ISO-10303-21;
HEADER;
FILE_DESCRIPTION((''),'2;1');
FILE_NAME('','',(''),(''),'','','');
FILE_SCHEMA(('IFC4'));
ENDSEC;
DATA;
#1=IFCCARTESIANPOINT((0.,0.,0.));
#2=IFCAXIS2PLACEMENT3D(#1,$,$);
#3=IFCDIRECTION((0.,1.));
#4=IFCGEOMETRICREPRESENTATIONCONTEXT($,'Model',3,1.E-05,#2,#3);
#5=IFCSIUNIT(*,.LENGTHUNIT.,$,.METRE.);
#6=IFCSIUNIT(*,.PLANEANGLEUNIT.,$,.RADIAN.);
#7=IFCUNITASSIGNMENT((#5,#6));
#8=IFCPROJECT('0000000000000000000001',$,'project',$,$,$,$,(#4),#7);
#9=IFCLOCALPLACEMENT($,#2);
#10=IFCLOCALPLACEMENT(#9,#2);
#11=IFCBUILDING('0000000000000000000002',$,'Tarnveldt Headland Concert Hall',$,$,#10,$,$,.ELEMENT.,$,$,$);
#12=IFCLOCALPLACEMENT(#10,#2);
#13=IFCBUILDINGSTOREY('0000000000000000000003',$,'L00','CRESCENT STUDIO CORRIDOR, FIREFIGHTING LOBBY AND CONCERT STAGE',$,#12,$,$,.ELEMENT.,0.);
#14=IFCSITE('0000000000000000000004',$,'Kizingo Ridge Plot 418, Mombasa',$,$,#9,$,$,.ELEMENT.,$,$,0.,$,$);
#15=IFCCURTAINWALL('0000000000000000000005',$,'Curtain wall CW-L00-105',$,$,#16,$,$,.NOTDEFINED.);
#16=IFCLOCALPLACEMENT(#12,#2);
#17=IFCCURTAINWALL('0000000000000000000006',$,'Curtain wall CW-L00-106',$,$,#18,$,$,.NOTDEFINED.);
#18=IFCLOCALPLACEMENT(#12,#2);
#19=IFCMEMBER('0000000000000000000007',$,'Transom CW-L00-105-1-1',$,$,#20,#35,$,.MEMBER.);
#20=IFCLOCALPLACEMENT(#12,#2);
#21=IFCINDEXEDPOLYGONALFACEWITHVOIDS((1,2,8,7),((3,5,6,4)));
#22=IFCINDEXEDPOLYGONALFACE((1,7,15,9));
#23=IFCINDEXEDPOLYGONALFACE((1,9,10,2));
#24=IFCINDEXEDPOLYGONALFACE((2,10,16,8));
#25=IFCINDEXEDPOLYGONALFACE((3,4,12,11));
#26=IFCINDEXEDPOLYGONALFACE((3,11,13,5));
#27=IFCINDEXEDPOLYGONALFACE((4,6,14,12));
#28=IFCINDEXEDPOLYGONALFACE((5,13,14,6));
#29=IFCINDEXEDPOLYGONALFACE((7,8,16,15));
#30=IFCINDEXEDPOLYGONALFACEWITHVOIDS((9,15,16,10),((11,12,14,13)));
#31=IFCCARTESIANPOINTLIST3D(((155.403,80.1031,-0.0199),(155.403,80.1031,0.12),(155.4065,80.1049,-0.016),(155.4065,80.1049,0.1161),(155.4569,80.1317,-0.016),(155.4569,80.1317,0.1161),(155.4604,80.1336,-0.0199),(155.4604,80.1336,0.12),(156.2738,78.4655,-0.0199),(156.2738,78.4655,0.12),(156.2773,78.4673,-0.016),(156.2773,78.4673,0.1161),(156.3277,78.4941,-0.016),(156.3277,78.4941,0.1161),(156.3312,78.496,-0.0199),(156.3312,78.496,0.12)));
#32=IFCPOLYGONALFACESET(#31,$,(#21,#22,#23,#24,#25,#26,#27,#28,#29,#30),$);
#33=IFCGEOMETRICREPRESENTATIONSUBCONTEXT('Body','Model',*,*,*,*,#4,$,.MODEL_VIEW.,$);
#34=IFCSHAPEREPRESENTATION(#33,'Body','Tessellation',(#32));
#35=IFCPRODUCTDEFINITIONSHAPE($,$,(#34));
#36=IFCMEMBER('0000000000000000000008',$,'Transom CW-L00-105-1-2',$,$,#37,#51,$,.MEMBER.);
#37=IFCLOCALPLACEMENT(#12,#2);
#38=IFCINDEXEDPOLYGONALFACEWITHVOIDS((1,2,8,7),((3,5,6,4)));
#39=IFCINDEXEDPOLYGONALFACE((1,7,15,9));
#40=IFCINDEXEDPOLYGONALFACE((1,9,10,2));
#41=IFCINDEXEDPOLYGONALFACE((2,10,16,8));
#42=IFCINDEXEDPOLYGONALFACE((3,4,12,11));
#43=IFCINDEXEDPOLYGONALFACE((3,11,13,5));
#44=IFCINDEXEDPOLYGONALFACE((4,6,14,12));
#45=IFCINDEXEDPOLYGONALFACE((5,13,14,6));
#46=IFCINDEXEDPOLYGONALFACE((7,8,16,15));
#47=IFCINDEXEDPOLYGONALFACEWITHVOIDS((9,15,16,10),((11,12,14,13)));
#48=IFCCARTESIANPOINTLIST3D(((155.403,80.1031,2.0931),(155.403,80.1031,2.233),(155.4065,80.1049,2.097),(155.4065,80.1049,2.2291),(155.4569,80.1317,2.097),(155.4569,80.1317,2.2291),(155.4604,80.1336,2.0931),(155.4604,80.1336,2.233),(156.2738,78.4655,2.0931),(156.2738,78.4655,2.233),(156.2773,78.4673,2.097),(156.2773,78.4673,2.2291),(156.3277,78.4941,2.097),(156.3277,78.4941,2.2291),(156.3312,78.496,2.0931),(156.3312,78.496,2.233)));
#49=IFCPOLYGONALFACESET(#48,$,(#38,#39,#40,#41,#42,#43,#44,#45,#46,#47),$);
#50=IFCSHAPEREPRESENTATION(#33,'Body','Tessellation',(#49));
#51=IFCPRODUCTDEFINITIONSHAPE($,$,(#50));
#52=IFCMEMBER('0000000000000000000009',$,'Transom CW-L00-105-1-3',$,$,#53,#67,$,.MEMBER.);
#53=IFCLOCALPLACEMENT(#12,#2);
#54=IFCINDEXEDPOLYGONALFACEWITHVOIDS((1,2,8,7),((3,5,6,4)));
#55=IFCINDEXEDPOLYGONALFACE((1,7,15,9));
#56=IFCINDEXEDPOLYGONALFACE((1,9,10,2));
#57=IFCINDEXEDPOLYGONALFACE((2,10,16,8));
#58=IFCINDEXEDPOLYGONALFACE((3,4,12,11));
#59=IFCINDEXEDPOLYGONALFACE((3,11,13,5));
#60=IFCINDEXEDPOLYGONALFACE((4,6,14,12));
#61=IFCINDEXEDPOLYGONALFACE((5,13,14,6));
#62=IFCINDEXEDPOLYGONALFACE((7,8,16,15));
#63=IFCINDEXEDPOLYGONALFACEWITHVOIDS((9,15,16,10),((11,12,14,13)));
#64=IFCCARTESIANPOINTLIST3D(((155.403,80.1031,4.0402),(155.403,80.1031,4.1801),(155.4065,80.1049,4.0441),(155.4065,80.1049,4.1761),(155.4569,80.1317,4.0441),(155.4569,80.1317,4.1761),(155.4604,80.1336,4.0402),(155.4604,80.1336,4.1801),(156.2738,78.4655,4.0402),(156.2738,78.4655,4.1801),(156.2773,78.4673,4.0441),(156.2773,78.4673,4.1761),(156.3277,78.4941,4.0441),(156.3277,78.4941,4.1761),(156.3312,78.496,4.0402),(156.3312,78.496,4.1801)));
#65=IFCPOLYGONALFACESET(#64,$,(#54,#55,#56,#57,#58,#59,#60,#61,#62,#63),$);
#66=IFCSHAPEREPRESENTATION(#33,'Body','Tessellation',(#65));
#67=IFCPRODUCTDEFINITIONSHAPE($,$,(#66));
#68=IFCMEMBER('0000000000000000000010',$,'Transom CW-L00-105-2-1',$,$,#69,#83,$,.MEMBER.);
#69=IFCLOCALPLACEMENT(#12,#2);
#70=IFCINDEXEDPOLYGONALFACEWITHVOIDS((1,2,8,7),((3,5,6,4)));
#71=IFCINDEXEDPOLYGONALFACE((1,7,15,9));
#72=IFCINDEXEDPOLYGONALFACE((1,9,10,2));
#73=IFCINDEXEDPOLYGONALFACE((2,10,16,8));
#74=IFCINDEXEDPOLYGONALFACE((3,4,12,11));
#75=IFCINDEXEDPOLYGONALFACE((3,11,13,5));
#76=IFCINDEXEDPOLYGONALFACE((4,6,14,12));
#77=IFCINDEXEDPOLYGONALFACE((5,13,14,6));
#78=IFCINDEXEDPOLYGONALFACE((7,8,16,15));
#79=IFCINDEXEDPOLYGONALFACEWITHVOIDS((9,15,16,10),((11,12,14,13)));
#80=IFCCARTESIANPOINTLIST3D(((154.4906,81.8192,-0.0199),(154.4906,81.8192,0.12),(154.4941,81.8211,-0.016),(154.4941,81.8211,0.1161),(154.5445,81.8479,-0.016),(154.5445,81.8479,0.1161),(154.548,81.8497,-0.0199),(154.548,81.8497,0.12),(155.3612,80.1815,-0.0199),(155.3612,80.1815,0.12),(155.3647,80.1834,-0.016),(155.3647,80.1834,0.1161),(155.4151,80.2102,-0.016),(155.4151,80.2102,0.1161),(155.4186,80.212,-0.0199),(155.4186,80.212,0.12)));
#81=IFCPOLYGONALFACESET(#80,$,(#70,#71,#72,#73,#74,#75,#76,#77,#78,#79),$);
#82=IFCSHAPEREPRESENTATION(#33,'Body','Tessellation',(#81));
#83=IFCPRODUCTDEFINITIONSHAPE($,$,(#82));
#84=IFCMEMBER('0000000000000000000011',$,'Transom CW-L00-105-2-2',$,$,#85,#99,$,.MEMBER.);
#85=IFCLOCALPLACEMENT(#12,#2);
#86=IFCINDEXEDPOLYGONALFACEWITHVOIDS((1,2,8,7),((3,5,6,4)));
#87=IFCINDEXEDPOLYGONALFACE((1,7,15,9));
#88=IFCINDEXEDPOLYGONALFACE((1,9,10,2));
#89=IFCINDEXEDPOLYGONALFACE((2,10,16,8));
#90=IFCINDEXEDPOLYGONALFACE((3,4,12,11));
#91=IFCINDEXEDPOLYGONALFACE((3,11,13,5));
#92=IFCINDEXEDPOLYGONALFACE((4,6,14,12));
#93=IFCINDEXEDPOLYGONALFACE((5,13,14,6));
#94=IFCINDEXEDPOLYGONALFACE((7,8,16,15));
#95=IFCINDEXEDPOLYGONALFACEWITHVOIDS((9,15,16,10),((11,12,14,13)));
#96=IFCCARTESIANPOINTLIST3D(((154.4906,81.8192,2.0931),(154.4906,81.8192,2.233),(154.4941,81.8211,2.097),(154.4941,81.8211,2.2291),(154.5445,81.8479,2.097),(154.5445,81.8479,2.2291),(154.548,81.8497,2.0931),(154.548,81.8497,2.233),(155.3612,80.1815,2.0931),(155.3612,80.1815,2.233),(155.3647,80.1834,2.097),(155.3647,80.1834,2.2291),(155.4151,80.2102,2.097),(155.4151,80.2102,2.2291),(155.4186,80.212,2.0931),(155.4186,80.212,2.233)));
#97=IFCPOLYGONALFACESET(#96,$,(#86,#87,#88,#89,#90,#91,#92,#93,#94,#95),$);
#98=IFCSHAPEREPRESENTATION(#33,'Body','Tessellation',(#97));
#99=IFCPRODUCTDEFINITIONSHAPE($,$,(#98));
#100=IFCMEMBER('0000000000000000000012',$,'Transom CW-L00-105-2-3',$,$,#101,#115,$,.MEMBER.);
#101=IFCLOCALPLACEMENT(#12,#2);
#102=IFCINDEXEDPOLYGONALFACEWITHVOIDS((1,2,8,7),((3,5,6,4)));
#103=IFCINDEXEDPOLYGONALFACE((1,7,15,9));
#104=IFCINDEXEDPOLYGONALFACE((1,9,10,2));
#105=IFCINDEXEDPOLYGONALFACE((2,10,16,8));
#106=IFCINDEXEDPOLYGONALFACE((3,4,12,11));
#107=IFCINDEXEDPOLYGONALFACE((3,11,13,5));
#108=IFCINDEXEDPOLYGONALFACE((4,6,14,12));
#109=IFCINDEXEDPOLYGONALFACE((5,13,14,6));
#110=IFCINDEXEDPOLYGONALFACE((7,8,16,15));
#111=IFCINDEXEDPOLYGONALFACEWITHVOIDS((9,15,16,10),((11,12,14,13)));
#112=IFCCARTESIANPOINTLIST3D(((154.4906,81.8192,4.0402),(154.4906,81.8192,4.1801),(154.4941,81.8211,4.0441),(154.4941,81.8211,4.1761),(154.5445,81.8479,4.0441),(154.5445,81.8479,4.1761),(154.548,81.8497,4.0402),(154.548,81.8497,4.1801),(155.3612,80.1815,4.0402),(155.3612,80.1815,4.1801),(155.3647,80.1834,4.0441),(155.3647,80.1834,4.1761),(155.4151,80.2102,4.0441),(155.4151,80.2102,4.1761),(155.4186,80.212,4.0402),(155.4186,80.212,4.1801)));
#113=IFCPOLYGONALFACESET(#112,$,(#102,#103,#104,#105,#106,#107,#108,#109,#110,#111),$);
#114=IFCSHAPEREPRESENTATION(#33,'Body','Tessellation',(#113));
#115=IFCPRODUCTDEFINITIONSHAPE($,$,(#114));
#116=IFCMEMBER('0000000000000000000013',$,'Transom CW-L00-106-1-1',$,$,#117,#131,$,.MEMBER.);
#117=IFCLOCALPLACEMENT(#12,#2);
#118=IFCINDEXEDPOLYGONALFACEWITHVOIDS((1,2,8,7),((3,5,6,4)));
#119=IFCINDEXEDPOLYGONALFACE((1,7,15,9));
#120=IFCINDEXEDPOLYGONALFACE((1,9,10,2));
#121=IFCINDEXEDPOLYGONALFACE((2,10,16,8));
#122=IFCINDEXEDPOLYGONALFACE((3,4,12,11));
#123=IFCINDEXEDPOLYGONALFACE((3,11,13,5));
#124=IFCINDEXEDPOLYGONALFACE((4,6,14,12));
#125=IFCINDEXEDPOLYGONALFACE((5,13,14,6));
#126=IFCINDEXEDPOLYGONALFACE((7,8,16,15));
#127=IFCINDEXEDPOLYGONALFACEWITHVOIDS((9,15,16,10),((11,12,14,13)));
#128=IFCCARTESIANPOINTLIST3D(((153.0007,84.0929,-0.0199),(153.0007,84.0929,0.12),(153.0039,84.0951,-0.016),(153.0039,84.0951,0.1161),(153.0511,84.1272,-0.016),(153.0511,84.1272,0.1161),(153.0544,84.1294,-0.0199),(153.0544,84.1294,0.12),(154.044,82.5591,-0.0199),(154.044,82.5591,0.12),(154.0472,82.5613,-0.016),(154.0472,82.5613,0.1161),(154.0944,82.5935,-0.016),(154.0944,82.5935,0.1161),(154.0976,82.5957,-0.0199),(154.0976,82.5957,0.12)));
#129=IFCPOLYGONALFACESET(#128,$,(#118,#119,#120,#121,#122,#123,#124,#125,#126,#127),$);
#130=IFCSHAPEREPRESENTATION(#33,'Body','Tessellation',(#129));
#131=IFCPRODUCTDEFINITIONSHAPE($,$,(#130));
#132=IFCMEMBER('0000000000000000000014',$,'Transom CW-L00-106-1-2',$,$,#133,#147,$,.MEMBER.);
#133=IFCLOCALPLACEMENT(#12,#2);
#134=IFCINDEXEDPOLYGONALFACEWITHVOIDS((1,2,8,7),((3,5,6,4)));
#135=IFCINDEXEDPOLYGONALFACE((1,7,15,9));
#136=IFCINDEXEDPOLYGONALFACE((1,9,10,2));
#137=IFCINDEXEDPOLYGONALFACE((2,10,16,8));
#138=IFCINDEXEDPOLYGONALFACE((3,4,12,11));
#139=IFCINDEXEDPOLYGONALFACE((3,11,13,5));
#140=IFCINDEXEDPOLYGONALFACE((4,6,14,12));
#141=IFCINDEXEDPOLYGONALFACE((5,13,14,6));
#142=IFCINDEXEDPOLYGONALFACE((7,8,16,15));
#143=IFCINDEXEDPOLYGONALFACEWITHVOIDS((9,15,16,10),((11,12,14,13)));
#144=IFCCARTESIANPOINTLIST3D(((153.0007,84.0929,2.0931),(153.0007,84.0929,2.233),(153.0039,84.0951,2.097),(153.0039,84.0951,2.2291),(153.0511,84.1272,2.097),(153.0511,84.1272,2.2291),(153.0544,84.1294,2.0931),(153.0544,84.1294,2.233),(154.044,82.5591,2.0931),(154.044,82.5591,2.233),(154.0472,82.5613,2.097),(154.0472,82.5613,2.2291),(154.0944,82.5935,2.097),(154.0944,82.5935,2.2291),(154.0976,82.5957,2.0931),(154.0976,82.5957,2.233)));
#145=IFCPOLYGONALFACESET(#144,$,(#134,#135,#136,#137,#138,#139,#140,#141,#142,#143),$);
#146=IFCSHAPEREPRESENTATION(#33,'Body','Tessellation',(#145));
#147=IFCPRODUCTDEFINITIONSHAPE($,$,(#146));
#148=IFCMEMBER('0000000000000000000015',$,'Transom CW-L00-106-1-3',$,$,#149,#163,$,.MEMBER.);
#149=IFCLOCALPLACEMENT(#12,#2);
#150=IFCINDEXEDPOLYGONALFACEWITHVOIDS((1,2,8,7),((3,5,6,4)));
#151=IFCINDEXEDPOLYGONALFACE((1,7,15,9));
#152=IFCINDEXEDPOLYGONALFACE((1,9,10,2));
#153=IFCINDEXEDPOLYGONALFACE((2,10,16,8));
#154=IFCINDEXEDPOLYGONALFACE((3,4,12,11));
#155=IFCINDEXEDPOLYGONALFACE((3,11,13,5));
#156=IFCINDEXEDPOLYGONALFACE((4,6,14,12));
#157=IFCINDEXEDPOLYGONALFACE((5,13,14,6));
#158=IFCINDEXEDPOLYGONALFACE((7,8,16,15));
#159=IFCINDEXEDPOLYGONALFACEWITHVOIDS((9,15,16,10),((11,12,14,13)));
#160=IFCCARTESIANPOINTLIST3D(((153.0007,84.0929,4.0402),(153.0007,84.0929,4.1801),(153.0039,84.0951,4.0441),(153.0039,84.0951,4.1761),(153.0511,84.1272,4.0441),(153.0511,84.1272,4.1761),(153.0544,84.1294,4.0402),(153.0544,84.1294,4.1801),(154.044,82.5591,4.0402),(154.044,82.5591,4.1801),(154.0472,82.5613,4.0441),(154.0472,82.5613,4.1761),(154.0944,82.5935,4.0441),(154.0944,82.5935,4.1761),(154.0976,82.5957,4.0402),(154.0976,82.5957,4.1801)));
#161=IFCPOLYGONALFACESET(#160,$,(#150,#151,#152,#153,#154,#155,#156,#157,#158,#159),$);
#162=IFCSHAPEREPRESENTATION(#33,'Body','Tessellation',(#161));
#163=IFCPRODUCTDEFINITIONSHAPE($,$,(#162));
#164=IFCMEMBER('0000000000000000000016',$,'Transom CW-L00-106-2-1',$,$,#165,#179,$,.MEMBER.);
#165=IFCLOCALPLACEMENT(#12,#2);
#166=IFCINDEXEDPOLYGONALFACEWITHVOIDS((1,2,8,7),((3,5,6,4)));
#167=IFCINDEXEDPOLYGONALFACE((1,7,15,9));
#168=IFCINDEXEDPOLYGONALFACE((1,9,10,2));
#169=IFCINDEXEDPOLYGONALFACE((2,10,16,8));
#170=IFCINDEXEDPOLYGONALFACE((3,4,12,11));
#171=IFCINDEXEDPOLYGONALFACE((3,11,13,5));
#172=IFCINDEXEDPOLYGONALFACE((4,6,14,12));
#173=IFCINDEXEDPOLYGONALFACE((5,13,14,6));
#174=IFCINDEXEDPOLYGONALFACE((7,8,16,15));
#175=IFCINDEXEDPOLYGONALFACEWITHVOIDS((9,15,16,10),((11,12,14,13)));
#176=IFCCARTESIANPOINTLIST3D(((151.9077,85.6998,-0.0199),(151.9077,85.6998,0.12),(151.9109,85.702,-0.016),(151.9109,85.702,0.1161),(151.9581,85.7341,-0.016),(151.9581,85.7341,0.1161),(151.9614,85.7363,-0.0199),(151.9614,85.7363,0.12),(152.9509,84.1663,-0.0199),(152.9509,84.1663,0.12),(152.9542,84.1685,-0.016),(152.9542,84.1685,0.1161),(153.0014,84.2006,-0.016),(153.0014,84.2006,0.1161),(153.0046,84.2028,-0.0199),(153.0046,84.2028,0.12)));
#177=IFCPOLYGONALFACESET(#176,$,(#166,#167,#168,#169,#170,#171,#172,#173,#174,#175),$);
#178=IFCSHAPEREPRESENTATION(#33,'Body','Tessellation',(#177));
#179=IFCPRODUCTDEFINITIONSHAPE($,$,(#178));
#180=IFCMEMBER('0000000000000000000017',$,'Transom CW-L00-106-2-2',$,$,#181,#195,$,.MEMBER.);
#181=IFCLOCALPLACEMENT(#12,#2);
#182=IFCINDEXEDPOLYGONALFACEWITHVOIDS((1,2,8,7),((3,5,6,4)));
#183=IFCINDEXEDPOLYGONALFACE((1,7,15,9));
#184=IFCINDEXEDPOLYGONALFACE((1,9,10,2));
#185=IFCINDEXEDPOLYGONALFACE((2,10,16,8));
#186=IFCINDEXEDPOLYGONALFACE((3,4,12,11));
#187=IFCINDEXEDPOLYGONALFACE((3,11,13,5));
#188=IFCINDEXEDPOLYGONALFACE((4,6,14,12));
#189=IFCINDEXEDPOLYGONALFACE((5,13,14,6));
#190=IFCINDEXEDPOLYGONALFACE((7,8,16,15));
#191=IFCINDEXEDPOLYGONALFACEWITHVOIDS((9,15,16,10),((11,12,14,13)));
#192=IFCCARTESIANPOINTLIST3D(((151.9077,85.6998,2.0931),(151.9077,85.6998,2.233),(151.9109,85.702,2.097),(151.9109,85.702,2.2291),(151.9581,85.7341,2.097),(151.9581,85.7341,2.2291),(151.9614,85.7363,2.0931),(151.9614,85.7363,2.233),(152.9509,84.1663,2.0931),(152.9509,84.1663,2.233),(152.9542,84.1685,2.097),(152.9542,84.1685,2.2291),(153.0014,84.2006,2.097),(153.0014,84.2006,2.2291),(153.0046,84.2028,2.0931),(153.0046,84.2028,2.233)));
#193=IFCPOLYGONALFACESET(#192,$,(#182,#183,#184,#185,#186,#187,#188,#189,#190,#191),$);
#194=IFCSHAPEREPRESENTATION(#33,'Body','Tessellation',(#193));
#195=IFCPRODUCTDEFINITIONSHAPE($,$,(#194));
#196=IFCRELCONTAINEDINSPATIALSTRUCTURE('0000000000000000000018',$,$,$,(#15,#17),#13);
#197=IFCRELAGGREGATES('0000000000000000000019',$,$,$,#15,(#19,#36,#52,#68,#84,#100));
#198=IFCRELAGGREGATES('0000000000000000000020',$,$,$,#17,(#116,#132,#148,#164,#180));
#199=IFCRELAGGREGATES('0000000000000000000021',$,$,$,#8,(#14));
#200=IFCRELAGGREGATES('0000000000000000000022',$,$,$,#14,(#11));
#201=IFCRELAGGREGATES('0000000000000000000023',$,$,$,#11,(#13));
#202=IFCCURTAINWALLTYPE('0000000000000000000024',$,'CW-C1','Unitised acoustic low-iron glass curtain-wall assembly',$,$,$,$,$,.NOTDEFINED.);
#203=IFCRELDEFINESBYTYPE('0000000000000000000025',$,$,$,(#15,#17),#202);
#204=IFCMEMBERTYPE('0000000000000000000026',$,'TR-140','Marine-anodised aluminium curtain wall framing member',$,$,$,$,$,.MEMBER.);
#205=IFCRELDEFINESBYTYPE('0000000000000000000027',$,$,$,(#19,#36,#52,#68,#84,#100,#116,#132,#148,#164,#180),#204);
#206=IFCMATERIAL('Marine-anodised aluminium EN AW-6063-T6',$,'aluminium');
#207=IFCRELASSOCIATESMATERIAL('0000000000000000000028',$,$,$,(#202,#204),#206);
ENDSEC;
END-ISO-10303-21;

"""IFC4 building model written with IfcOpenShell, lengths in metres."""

from ifc_helpers import new_model, si_unit, direction, frame, origin, origin_2d, place, context, subcontext, project, spatial, hollow_rectangle, extrude, material, material_profile, profile_set, type_object, element, aggregate, save


model = new_model("IFC4")

# Units and contexts
model_context = context("Model", 3, precision=1e-05, world=origin(), true_north=direction((0.0, 1.0)))
body_context = subcontext(model_context, "Body", "Model", "MODEL_VIEW")
ifc_project = project(units=[si_unit("LENGTHUNIT", "METRE"), si_unit("PLANEANGLEUNIT", "RADIAN")], contexts=[model_context])

# Site, building, storey
site_placement = place(None, origin())
site = spatial("IfcSite", under=ifc_project, at=site_placement, Name="Kizingo Ridge Plot 418, Mombasa", CompositionType="ELEMENT", RefElevation=0.0)
building_placement = place(site_placement, origin())
building = spatial("IfcBuilding", under=site, at=building_placement, Name="Tarnveldt Headland Concert Hall", CompositionType="ELEMENT")
storey_placement = place(building_placement, origin())
storey = spatial("IfcBuildingStorey", under=building, at=storey_placement, Name="L00", Description="CRESCENT STUDIO CORRIDOR, FIREFIGHTING LOBBY AND CONCERT STAGE", CompositionType="ELEMENT", Elevation=0.0)

# Shared definitions
ifc_material_1 = material(Name="Marine-anodised aluminium EN AW-6063-T6", Category="aluminium")
curtain_wall_type = type_object("IfcCurtainWallType", Name="CW-C1", Description="Unitised acoustic low-iron glass curtain-wall assembly", PredefinedType="NOTDEFINED", material=ifc_material_1)

# Curtain walls
curtain_wall_1_placement = place(storey_placement, origin())
curtain_wall_1 = element("IfcCurtainWall", 1, at=curtain_wall_1_placement, inside=storey, type_object=curtain_wall_type, Name="Curtain wall CW-L00-105", PredefinedType="NOTDEFINED")
curtain_wall_2_placement = place(storey_placement, origin())
curtain_wall_2 = element("IfcCurtainWall", 2, at=curtain_wall_2_placement, inside=storey, type_object=curtain_wall_type, Name="Curtain wall CW-L00-106", PredefinedType="NOTDEFINED")

# Members
ifc_material_profile_1 = material_profile(ifc_material_1, hollow_rectangle(XDim=0.0649, YDim=0.1399, WallThickness=0.0039, at=origin_2d()), Name="ALU TRANSOM 65x140x4", Category="aluminium")
ifc_profile_set_1 = profile_set([ifc_material_profile_1], Name="Marine-anodised aluminium EN AW-6063-T6")
member_type_1 = type_object("IfcMemberType", Name="TR-140", Description="Marine-anodised aluminium curtain wall framing member", PredefinedType="MEMBER", material=ifc_profile_set_1)
member_1_placement = place(storey_placement, frame((156.3025, 78.4807, 0.05), z_axis=(-0.469502, 0.882932, 0.0), x_axis=(-0.882932, -0.469502, 0.0)))
member_1 = element("IfcMember", 3, at=member_1_placement, type_object=member_type_1, Name="Transom CW-L00-105-1-1", PredefinedType="MEMBER", context=body_context, shape_type="SweptSolid", body=[
    extrude(hollow_rectangle(XDim=0.0649, YDim=0.1399, WallThickness=0.0039, at=origin_2d()), origin(), (0.0, 0.0, 1.0), 1.8547),
])
member_2_placement = place(storey_placement, frame((156.3025, 78.4807, 2.1631), z_axis=(-0.469502, 0.882932, 0.0), x_axis=(-0.882932, -0.469502, 0.0)))
member_2 = element("IfcMember", 4, at=member_2_placement, type_object=member_type_1, Name="Transom CW-L00-105-1-2", PredefinedType="MEMBER", context=body_context, shape_type="SweptSolid", body=[
    extrude(hollow_rectangle(XDim=0.0649, YDim=0.1399, WallThickness=0.0039, at=origin_2d()), origin(), (0.0, 0.0, 1.0), 1.8547),
])
member_3_placement = place(storey_placement, frame((156.3025, 78.4807, 4.1101), z_axis=(-0.469502, 0.882932, 0.0), x_axis=(-0.882932, -0.469502, 0.0)))
member_3 = element("IfcMember", 5, at=member_3_placement, type_object=member_type_1, Name="Transom CW-L00-105-1-3", PredefinedType="MEMBER", context=body_context, shape_type="SweptSolid", body=[
    extrude(hollow_rectangle(XDim=0.0649, YDim=0.1399, WallThickness=0.0039, at=origin_2d()), origin(), (0.0, 0.0, 1.0), 1.8547),
])
member_4_placement = place(storey_placement, frame((155.3899, 80.1968, 0.05), z_axis=(-0.469399, 0.882986, 0.0), x_axis=(-0.882986, -0.469399, 0.0)))
member_4 = element("IfcMember", 6, at=member_4_placement, type_object=member_type_1, Name="Transom CW-L00-105-2-1", PredefinedType="MEMBER", context=body_context, shape_type="SweptSolid", body=[
    extrude(hollow_rectangle(XDim=0.0649, YDim=0.1399, WallThickness=0.0039, at=origin_2d()), origin(), (0.0, 0.0, 1.0), 1.8547),
])
member_5_placement = place(storey_placement, frame((155.3899, 80.1968, 2.1631), z_axis=(-0.469399, 0.882986, 0.0), x_axis=(-0.882986, -0.469399, 0.0)))
member_5 = element("IfcMember", 7, at=member_5_placement, type_object=member_type_1, Name="Transom CW-L00-105-2-2", PredefinedType="MEMBER", context=body_context, shape_type="SweptSolid", body=[
    extrude(hollow_rectangle(XDim=0.0649, YDim=0.1399, WallThickness=0.0039, at=origin_2d()), origin(), (0.0, 0.0, 1.0), 1.8547),
])
member_6_placement = place(storey_placement, frame((155.3899, 80.1968, 4.1101), z_axis=(-0.469399, 0.882986, 0.0), x_axis=(-0.882986, -0.469399, 0.0)))
member_6 = element("IfcMember", 8, at=member_6_placement, type_object=member_type_1, Name="Transom CW-L00-105-2-3", PredefinedType="MEMBER", context=body_context, shape_type="SweptSolid", body=[
    extrude(hollow_rectangle(XDim=0.0649, YDim=0.1399, WallThickness=0.0039, at=origin_2d()), origin(), (0.0, 0.0, 1.0), 1.8547),
])
member_7_placement = place(storey_placement, frame((154.0708, 82.5774, 0.05), z_axis=(-0.562422, 0.826851, 0.0), x_axis=(-0.826851, -0.562422, 0.0)))
member_7 = element("IfcMember", 9, at=member_7_placement, type_object=member_type_1, Name="Transom CW-L00-106-1-1", PredefinedType="MEMBER", context=body_context, shape_type="SweptSolid", body=[
    extrude(hollow_rectangle(XDim=0.0649, YDim=0.1399, WallThickness=0.0039, at=origin_2d()), origin(), (0.0, 0.0, 1.0), 1.855),
])
member_8_placement = place(storey_placement, frame((154.0708, 82.5774, 2.1631), z_axis=(-0.562422, 0.826851, 0.0), x_axis=(-0.826851, -0.562422, 0.0)))
member_8 = element("IfcMember", 10, at=member_8_placement, type_object=member_type_1, Name="Transom CW-L00-106-1-2", PredefinedType="MEMBER", context=body_context, shape_type="SweptSolid", body=[
    extrude(hollow_rectangle(XDim=0.0649, YDim=0.1399, WallThickness=0.0039, at=origin_2d()), origin(), (0.0, 0.0, 1.0), 1.855),
])
member_9_placement = place(storey_placement, frame((154.0708, 82.5774, 4.1101), z_axis=(-0.562422, 0.826851, 0.0), x_axis=(-0.826851, -0.562422, 0.0)))
member_9 = element("IfcMember", 11, at=member_9_placement, type_object=member_type_1, Name="Transom CW-L00-106-1-3", PredefinedType="MEMBER", context=body_context, shape_type="SweptSolid", body=[
    extrude(hollow_rectangle(XDim=0.0649, YDim=0.1399, WallThickness=0.0039, at=origin_2d()), origin(), (0.0, 0.0, 1.0), 1.855),
])
member_10_placement = place(storey_placement, frame((152.9778, 84.1846, 0.05), z_axis=(-0.562483, 0.826809, 0.0), x_axis=(-0.826809, -0.562483, 0.0)))
member_10 = element("IfcMember", 12, at=member_10_placement, type_object=member_type_1, Name="Transom CW-L00-106-2-1", PredefinedType="MEMBER", context=body_context, shape_type="SweptSolid", body=[
    extrude(hollow_rectangle(XDim=0.0649, YDim=0.1399, WallThickness=0.0039, at=origin_2d()), origin(), (0.0, 0.0, 1.0), 1.8547),
])
member_11_placement = place(storey_placement, frame((152.9778, 84.1846, 2.1631), z_axis=(-0.562483, 0.826809, 0.0), x_axis=(-0.826809, -0.562483, 0.0)))
member_11 = element("IfcMember", 13, at=member_11_placement, type_object=member_type_1, Name="Transom CW-L00-106-2-2", PredefinedType="MEMBER", context=body_context, shape_type="SweptSolid", body=[
    extrude(hollow_rectangle(XDim=0.0649, YDim=0.1399, WallThickness=0.0039, at=origin_2d()), origin(), (0.0, 0.0, 1.0), 1.8547),
])

aggregate(curtain_wall_1, [member_1, member_2, member_3, member_4, member_5, member_6])
aggregate(curtain_wall_2, [member_7, member_8, member_9, member_10, member_11])

save(model, "model.ifc")
